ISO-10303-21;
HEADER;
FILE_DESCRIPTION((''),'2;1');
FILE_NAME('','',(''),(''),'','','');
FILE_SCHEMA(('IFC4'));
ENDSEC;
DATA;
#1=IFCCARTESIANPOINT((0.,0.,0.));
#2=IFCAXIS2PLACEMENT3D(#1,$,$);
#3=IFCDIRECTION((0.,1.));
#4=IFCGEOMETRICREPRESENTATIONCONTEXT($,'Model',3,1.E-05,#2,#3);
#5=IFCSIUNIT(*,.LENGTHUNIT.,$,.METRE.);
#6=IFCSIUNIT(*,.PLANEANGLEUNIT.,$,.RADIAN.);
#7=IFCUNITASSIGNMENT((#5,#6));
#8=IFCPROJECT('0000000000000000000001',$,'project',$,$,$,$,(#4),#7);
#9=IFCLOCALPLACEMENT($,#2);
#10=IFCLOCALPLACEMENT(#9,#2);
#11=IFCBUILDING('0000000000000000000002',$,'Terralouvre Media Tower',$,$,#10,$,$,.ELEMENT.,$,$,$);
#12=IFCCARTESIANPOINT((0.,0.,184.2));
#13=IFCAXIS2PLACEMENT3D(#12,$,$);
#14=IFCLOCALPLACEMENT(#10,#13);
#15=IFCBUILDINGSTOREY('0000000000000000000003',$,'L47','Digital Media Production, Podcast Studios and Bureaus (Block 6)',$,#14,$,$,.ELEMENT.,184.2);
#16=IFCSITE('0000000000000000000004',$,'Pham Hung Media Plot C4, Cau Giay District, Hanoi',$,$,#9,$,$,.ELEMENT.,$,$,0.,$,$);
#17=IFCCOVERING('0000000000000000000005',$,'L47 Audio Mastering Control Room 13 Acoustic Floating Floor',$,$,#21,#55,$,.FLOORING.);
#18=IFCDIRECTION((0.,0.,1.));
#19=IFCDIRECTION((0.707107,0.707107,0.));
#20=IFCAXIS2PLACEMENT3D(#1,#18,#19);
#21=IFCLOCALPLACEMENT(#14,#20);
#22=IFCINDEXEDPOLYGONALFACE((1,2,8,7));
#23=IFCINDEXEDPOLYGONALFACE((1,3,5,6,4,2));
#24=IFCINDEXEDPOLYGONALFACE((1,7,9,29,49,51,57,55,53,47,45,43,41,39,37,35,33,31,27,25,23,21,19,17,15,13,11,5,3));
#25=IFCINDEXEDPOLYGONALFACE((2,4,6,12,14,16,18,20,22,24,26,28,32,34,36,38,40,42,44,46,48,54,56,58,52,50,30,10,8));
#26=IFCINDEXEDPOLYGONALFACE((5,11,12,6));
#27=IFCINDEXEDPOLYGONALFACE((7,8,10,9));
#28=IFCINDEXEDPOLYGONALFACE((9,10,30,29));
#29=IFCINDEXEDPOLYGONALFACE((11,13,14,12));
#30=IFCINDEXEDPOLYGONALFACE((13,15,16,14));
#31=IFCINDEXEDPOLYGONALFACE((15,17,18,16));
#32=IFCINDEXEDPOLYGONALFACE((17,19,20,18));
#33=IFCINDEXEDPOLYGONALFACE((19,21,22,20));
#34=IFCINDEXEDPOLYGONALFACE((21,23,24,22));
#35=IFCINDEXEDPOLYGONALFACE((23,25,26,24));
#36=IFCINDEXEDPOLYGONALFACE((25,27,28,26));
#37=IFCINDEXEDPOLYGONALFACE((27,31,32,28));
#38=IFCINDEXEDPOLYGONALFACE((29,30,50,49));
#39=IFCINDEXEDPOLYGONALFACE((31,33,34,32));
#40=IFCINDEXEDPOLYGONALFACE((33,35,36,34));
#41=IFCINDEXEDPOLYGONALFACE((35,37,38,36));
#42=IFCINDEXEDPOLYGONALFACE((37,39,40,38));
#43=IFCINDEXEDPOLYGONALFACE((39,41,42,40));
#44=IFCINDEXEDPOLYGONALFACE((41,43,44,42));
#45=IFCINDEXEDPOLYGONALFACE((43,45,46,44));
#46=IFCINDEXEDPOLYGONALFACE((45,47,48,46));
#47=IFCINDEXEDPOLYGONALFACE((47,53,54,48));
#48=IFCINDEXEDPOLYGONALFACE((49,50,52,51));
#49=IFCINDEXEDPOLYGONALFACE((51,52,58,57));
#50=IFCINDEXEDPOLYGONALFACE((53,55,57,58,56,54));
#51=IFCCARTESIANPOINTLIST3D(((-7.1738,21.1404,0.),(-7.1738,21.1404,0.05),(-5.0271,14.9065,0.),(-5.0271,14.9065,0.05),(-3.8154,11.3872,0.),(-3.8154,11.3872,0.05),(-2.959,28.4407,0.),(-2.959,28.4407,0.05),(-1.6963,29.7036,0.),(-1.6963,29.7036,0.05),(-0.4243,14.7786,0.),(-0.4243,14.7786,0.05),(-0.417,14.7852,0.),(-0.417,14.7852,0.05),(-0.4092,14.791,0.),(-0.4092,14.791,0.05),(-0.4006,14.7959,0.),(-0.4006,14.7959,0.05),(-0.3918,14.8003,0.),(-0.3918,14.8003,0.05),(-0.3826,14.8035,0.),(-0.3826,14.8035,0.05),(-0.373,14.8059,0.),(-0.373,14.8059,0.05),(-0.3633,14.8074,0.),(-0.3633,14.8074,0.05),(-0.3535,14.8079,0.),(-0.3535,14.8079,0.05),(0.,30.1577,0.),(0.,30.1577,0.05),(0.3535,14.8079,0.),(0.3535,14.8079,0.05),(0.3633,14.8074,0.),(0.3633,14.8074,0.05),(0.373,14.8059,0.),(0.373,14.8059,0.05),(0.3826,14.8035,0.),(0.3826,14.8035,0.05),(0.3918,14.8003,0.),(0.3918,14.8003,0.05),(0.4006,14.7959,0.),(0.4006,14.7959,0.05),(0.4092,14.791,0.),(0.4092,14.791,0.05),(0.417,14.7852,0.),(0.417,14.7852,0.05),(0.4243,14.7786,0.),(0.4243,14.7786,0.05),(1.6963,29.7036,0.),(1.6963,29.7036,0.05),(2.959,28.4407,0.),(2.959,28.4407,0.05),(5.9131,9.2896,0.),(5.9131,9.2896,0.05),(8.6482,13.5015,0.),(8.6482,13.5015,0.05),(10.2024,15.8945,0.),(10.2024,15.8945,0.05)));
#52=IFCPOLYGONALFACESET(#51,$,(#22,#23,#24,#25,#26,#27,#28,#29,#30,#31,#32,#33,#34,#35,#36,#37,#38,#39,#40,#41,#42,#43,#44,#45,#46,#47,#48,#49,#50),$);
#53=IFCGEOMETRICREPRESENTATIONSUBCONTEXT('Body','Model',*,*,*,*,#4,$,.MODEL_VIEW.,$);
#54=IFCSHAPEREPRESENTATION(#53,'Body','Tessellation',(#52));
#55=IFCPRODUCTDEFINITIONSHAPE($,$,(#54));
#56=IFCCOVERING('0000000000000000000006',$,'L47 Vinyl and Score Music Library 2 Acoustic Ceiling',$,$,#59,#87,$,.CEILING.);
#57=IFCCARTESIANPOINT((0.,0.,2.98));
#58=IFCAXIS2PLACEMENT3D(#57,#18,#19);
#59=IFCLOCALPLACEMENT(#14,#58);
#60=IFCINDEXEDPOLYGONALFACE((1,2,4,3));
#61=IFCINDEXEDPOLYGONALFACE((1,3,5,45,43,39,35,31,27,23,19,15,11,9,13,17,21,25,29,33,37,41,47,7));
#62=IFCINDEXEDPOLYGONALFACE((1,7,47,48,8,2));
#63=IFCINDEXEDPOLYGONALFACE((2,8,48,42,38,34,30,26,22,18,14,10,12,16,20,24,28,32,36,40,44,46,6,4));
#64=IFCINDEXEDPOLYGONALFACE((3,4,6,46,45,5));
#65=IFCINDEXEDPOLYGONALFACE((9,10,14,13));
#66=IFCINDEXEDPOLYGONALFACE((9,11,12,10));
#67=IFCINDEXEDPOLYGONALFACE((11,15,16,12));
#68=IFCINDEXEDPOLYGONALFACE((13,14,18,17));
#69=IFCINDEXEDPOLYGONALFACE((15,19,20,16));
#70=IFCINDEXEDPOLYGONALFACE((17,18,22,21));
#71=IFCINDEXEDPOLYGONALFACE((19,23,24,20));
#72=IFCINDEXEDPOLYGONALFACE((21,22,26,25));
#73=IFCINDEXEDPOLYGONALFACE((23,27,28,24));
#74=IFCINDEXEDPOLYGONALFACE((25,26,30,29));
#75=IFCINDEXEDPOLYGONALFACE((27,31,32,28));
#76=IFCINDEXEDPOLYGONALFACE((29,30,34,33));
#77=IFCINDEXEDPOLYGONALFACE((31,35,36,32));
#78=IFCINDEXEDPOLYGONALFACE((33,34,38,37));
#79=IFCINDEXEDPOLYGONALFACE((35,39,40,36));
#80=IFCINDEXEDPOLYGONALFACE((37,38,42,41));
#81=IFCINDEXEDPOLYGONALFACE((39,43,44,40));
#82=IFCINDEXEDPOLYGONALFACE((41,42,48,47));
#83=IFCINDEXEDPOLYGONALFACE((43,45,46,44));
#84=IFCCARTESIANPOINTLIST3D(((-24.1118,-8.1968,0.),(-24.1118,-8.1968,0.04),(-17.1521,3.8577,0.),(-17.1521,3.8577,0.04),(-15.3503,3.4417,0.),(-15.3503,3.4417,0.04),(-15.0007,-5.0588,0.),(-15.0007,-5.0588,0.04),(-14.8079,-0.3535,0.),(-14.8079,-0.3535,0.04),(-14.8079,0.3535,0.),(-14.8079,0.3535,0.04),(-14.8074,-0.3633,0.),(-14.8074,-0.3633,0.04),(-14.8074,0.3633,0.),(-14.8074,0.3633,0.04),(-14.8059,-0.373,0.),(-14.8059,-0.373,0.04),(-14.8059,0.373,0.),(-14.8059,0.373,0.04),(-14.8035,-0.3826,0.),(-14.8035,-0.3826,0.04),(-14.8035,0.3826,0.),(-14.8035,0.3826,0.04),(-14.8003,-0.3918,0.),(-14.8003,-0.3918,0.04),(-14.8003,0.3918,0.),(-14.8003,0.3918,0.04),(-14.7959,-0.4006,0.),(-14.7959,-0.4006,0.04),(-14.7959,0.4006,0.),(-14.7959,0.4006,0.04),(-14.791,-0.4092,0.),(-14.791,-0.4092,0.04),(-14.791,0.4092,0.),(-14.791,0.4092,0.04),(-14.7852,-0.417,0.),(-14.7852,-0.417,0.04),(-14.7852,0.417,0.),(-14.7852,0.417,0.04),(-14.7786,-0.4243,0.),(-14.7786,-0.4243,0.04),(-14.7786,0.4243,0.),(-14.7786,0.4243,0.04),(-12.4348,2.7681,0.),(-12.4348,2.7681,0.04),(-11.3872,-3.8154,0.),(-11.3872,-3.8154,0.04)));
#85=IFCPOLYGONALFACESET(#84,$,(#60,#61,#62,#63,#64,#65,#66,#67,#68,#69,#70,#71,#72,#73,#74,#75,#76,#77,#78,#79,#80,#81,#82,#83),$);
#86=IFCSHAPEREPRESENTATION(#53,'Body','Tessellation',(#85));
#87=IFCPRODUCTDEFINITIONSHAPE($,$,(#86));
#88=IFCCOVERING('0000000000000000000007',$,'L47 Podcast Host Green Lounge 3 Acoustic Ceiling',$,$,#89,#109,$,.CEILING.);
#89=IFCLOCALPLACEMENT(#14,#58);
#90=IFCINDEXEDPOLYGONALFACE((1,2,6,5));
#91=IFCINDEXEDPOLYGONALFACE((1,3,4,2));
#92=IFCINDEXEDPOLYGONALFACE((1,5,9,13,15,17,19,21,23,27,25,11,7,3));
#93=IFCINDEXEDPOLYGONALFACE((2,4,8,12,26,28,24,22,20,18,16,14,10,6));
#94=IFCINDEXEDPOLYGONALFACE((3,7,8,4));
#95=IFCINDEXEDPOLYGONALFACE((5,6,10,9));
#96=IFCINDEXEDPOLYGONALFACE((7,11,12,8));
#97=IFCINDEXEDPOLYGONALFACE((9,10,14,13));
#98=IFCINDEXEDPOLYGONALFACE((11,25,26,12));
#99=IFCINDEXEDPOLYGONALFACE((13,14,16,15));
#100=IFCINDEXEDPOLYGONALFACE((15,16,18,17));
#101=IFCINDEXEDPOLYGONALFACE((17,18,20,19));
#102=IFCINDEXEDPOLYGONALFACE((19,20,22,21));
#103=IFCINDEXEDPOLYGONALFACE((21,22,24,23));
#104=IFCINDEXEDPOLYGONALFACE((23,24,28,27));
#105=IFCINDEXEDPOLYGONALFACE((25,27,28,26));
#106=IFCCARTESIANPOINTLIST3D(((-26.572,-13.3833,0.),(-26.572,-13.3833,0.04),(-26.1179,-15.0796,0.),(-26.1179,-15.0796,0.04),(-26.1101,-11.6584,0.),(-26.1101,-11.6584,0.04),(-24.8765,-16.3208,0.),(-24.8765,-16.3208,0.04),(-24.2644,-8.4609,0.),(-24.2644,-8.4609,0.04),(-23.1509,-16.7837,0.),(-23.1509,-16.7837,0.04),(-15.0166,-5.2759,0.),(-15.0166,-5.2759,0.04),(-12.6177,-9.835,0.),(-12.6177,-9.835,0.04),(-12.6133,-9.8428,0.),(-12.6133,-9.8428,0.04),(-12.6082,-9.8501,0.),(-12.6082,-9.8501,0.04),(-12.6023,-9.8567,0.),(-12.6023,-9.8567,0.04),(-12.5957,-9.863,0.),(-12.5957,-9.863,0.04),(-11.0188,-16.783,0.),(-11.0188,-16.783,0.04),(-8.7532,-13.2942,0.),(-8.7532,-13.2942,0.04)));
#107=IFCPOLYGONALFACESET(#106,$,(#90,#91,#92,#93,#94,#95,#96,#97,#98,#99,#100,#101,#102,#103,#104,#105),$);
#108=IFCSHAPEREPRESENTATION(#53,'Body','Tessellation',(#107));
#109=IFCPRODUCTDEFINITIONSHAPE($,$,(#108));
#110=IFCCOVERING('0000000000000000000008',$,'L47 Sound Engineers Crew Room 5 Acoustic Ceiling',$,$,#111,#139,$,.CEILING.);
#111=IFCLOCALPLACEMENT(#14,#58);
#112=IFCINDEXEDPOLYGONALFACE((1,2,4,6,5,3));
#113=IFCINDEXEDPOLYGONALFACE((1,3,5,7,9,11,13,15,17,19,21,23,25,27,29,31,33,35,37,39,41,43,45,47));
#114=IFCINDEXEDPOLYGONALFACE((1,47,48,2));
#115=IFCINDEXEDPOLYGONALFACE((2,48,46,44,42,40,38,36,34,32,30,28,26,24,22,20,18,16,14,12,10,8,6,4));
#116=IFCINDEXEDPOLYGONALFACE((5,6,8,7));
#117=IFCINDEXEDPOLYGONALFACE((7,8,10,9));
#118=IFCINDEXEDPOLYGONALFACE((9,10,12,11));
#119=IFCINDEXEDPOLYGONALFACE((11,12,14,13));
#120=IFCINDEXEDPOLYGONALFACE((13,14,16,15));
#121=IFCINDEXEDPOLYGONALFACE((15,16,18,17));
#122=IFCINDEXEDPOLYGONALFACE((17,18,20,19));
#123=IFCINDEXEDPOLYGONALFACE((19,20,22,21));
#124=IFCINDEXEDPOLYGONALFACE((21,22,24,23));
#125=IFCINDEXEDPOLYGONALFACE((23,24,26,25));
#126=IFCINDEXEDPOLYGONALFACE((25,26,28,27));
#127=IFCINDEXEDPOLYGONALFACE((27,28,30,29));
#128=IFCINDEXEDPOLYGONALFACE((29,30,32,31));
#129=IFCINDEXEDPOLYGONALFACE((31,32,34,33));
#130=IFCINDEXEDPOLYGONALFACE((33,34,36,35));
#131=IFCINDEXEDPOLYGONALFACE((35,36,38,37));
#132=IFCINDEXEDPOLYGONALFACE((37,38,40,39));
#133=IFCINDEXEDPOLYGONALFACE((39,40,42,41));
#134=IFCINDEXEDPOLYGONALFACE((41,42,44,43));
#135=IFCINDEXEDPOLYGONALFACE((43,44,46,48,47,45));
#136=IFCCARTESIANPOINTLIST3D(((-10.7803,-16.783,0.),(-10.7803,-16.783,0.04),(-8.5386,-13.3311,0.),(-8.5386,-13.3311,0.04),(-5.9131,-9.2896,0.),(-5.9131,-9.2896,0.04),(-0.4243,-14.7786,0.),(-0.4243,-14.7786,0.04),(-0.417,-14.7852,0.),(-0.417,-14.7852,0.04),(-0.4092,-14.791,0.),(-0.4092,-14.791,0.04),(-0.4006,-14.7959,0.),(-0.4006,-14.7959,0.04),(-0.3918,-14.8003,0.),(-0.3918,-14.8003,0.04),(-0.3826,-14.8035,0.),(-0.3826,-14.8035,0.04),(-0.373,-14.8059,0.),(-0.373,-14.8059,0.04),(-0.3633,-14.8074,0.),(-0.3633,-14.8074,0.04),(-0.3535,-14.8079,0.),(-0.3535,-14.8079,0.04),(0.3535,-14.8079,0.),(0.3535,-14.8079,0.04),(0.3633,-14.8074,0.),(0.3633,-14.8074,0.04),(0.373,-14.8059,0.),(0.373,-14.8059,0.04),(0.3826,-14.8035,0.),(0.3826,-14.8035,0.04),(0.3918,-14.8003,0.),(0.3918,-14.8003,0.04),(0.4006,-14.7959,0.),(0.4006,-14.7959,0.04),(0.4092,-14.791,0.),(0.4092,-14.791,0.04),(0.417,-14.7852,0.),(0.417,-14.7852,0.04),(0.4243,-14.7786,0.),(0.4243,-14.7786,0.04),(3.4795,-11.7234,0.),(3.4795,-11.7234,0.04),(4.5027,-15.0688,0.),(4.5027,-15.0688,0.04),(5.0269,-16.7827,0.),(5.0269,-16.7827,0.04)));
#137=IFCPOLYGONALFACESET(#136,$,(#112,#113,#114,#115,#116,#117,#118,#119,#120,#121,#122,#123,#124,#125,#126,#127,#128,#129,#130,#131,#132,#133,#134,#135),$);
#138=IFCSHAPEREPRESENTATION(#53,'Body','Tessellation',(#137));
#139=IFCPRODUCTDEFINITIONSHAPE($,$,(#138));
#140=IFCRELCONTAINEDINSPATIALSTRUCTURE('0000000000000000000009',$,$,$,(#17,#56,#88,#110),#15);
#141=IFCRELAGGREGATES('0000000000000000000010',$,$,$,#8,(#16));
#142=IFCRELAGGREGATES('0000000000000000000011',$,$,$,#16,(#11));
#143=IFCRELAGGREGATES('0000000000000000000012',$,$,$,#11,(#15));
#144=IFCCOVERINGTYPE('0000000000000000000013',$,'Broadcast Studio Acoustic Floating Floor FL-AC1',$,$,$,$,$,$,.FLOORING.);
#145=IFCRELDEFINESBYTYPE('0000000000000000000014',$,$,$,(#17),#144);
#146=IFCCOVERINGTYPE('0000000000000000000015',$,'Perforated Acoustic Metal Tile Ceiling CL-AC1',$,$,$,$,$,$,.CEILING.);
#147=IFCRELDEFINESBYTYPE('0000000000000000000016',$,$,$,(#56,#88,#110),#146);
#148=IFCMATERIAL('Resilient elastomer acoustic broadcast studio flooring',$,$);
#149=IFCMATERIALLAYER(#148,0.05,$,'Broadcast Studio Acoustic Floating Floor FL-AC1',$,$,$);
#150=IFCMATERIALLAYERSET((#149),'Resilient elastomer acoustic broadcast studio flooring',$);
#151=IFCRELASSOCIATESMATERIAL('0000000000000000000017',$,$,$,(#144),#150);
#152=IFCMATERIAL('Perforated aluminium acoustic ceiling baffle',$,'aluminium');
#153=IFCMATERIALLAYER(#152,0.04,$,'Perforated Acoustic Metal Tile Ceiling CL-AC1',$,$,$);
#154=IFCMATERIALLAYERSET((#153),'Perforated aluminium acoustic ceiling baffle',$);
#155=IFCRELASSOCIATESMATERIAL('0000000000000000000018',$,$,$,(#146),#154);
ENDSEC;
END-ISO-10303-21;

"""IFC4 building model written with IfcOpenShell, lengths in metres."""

from ifc_helpers import new_model, si_unit, direction, frame, origin, place, context, subcontext, project, spatial, polyline, outline, extrude, material, layer, layer_set, type_object, element, save


model = new_model("IFC4")

# Units and contexts
model_context = context("Model", 3, precision=1e-05, world=origin(), true_north=direction((0.0, 1.0)))
body_context = subcontext(model_context, "Body", "Model", "MODEL_VIEW")
ifc_project = project(units=[si_unit("LENGTHUNIT", "METRE"), si_unit("PLANEANGLEUNIT", "RADIAN")], contexts=[model_context])

# Site, building, storey
site_placement = place(None, origin())
site = spatial("IfcSite", under=ifc_project, at=site_placement, Name="Pham Hung Media Plot C4, Cau Giay District, Hanoi", CompositionType="ELEMENT", RefElevation=0.0)
building_placement = place(site_placement, origin())
building = spatial("IfcBuilding", under=site, at=building_placement, Name="Terralouvre Media Tower", CompositionType="ELEMENT")
storey_placement = place(building_placement, frame((0.0, 0.0, 184.2)))
storey = spatial("IfcBuildingStorey", under=building, at=storey_placement, Name="L47", Description="Digital Media Production, Podcast Studios and Bureaus (Block 6)", CompositionType="ELEMENT", Elevation=184.2)

# Coverings
ifc_material_1 = material(Name="Resilient elastomer acoustic broadcast studio flooring")
ifc_layer_1 = layer(ifc_material_1, 0.05, Name="Broadcast Studio Acoustic Floating Floor FL-AC1")
ifc_layer_set_1 = layer_set([ifc_layer_1], Name="Resilient elastomer acoustic broadcast studio flooring")
covering_type_1 = type_object("IfcCoveringType", Name="Broadcast Studio Acoustic Floating Floor FL-AC1", PredefinedType="FLOORING", material=ifc_layer_set_1)
covering_1_placement = place(storey_placement, frame((0.0, 0.0, 0.0), z_axis=(0.0, 0.0, 1.0), x_axis=(0.707107, 0.707107, 0.0)))
element("IfcCovering", 1, at=covering_1_placement, inside=storey, type_object=covering_type_1, Name="L47 Audio Mastering Control Room 13 Acoustic Floating Floor", PredefinedType="FLOORING", context=body_context, shape_type="SweptSolid", body=[
    extrude(outline(polyline([(-5.0271, 14.9065), (-3.8154, 11.3872), (-0.4243, 14.7786), (-0.417, 14.7852), (-0.4092, 14.791), (-0.4006, 14.7959), (-0.3918, 14.8003), (-0.3826, 14.8035), (-0.373, 14.8059), (-0.3633, 14.8074), (-0.3535, 14.8079), (0.3535, 14.8079), (0.3633, 14.8074), (0.373, 14.8059), (0.3826, 14.8035), (0.3918, 14.8003), (0.4006, 14.7959), (0.4092, 14.791), (0.417, 14.7852), (0.4243, 14.7786), (5.9131, 9.2896), (8.6482, 13.5015), (10.2024, 15.8945), (2.959, 28.4407), (1.6963, 29.7036), (0.0, 30.1577), (-1.6963, 29.7036), (-2.959, 28.4407), (-7.1738, 21.1404), (-5.0271, 14.9065)])), origin(), (0.0, 0.0, 1.0), 0.05),
])
ifc_material_2 = material(Name="Perforated aluminium acoustic ceiling baffle", Category="aluminium")
ifc_layer_2 = layer(ifc_material_2, 0.04, Name="Perforated Acoustic Metal Tile Ceiling CL-AC1")
ifc_layer_set_2 = layer_set([ifc_layer_2], Name="Perforated aluminium acoustic ceiling baffle")
covering_type_2 = type_object("IfcCoveringType", Name="Perforated Acoustic Metal Tile Ceiling CL-AC1", PredefinedType="CEILING", material=ifc_layer_set_2)
covering_2_placement = place(storey_placement, frame((0.0, 0.0, 2.98), z_axis=(0.0, 0.0, 1.0), x_axis=(0.707107, 0.707107, 0.0)))
element("IfcCovering", 2, at=covering_2_placement, inside=storey, type_object=covering_type_2, Name="L47 Vinyl and Score Music Library 2 Acoustic Ceiling", PredefinedType="CEILING", context=body_context, shape_type="SweptSolid", body=[
    extrude(outline(polyline([(-11.3872, -3.8154), (-14.7786, -0.4243), (-14.7852, -0.417), (-14.791, -0.4092), (-14.7959, -0.4006), (-14.8003, -0.3918), (-14.8035, -0.3826), (-14.8059, -0.373), (-14.8074, -0.3633), (-14.8079, -0.3535), (-14.8079, 0.3535), (-14.8074, 0.3633), (-14.8059, 0.373), (-14.8035, 0.3826), (-14.8003, 0.3918), (-14.7959, 0.4006), (-14.791, 0.4092), (-14.7852, 0.417), (-14.7786, 0.4243), (-12.4348, 2.7681), (-15.3503, 3.4417), (-17.1521, 3.8577), (-24.1118, -8.1968), (-15.0007, -5.0588), (-11.3872, -3.8154)])), origin(), (0.0, 0.0, 1.0), 0.04),
])
covering_3_placement = place(storey_placement, frame((0.0, 0.0, 2.98), z_axis=(0.0, 0.0, 1.0), x_axis=(0.707107, 0.707107, 0.0)))
element("IfcCovering", 3, at=covering_3_placement, inside=storey, type_object=covering_type_2, Name="L47 Podcast Host Green Lounge 3 Acoustic Ceiling", PredefinedType="CEILING", context=body_context, shape_type="SweptSolid", body=[
    extrude(outline(polyline([(-12.5957, -9.863), (-12.6023, -9.8567), (-12.6082, -9.8501), (-12.6133, -9.8428), (-12.6177, -9.835), (-15.0166, -5.2759), (-24.2644, -8.4609), (-26.1101, -11.6584), (-26.572, -13.3833), (-26.1179, -15.0796), (-24.8765, -16.3208), (-23.1509, -16.7837), (-11.0188, -16.783), (-8.7532, -13.2942), (-12.5957, -9.863)])), origin(), (0.0, 0.0, 1.0), 0.04),
])
covering_4_placement = place(storey_placement, frame((0.0, 0.0, 2.98), z_axis=(0.0, 0.0, 1.0), x_axis=(0.707107, 0.707107, 0.0)))
element("IfcCovering", 4, at=covering_4_placement, inside=storey, type_object=covering_type_2, Name="L47 Sound Engineers Crew Room 5 Acoustic Ceiling", PredefinedType="CEILING", context=body_context, shape_type="SweptSolid", body=[
    extrude(outline(polyline([(3.4795, -11.7234), (0.4243, -14.7786), (0.417, -14.7852), (0.4092, -14.791), (0.4006, -14.7959), (0.3918, -14.8003), (0.3826, -14.8035), (0.373, -14.8059), (0.3633, -14.8074), (0.3535, -14.8079), (-0.3535, -14.8079), (-0.3633, -14.8074), (-0.373, -14.8059), (-0.3826, -14.8035), (-0.3918, -14.8003), (-0.4006, -14.7959), (-0.4092, -14.791), (-0.417, -14.7852), (-0.4243, -14.7786), (-5.9131, -9.2896), (-8.5386, -13.3311), (-10.7803, -16.783), (5.0269, -16.7827), (4.5027, -15.0688), (3.4795, -11.7234)])), origin(), (0.0, 0.0, 1.0), 0.04),
])

save(model, "model.ifc")
